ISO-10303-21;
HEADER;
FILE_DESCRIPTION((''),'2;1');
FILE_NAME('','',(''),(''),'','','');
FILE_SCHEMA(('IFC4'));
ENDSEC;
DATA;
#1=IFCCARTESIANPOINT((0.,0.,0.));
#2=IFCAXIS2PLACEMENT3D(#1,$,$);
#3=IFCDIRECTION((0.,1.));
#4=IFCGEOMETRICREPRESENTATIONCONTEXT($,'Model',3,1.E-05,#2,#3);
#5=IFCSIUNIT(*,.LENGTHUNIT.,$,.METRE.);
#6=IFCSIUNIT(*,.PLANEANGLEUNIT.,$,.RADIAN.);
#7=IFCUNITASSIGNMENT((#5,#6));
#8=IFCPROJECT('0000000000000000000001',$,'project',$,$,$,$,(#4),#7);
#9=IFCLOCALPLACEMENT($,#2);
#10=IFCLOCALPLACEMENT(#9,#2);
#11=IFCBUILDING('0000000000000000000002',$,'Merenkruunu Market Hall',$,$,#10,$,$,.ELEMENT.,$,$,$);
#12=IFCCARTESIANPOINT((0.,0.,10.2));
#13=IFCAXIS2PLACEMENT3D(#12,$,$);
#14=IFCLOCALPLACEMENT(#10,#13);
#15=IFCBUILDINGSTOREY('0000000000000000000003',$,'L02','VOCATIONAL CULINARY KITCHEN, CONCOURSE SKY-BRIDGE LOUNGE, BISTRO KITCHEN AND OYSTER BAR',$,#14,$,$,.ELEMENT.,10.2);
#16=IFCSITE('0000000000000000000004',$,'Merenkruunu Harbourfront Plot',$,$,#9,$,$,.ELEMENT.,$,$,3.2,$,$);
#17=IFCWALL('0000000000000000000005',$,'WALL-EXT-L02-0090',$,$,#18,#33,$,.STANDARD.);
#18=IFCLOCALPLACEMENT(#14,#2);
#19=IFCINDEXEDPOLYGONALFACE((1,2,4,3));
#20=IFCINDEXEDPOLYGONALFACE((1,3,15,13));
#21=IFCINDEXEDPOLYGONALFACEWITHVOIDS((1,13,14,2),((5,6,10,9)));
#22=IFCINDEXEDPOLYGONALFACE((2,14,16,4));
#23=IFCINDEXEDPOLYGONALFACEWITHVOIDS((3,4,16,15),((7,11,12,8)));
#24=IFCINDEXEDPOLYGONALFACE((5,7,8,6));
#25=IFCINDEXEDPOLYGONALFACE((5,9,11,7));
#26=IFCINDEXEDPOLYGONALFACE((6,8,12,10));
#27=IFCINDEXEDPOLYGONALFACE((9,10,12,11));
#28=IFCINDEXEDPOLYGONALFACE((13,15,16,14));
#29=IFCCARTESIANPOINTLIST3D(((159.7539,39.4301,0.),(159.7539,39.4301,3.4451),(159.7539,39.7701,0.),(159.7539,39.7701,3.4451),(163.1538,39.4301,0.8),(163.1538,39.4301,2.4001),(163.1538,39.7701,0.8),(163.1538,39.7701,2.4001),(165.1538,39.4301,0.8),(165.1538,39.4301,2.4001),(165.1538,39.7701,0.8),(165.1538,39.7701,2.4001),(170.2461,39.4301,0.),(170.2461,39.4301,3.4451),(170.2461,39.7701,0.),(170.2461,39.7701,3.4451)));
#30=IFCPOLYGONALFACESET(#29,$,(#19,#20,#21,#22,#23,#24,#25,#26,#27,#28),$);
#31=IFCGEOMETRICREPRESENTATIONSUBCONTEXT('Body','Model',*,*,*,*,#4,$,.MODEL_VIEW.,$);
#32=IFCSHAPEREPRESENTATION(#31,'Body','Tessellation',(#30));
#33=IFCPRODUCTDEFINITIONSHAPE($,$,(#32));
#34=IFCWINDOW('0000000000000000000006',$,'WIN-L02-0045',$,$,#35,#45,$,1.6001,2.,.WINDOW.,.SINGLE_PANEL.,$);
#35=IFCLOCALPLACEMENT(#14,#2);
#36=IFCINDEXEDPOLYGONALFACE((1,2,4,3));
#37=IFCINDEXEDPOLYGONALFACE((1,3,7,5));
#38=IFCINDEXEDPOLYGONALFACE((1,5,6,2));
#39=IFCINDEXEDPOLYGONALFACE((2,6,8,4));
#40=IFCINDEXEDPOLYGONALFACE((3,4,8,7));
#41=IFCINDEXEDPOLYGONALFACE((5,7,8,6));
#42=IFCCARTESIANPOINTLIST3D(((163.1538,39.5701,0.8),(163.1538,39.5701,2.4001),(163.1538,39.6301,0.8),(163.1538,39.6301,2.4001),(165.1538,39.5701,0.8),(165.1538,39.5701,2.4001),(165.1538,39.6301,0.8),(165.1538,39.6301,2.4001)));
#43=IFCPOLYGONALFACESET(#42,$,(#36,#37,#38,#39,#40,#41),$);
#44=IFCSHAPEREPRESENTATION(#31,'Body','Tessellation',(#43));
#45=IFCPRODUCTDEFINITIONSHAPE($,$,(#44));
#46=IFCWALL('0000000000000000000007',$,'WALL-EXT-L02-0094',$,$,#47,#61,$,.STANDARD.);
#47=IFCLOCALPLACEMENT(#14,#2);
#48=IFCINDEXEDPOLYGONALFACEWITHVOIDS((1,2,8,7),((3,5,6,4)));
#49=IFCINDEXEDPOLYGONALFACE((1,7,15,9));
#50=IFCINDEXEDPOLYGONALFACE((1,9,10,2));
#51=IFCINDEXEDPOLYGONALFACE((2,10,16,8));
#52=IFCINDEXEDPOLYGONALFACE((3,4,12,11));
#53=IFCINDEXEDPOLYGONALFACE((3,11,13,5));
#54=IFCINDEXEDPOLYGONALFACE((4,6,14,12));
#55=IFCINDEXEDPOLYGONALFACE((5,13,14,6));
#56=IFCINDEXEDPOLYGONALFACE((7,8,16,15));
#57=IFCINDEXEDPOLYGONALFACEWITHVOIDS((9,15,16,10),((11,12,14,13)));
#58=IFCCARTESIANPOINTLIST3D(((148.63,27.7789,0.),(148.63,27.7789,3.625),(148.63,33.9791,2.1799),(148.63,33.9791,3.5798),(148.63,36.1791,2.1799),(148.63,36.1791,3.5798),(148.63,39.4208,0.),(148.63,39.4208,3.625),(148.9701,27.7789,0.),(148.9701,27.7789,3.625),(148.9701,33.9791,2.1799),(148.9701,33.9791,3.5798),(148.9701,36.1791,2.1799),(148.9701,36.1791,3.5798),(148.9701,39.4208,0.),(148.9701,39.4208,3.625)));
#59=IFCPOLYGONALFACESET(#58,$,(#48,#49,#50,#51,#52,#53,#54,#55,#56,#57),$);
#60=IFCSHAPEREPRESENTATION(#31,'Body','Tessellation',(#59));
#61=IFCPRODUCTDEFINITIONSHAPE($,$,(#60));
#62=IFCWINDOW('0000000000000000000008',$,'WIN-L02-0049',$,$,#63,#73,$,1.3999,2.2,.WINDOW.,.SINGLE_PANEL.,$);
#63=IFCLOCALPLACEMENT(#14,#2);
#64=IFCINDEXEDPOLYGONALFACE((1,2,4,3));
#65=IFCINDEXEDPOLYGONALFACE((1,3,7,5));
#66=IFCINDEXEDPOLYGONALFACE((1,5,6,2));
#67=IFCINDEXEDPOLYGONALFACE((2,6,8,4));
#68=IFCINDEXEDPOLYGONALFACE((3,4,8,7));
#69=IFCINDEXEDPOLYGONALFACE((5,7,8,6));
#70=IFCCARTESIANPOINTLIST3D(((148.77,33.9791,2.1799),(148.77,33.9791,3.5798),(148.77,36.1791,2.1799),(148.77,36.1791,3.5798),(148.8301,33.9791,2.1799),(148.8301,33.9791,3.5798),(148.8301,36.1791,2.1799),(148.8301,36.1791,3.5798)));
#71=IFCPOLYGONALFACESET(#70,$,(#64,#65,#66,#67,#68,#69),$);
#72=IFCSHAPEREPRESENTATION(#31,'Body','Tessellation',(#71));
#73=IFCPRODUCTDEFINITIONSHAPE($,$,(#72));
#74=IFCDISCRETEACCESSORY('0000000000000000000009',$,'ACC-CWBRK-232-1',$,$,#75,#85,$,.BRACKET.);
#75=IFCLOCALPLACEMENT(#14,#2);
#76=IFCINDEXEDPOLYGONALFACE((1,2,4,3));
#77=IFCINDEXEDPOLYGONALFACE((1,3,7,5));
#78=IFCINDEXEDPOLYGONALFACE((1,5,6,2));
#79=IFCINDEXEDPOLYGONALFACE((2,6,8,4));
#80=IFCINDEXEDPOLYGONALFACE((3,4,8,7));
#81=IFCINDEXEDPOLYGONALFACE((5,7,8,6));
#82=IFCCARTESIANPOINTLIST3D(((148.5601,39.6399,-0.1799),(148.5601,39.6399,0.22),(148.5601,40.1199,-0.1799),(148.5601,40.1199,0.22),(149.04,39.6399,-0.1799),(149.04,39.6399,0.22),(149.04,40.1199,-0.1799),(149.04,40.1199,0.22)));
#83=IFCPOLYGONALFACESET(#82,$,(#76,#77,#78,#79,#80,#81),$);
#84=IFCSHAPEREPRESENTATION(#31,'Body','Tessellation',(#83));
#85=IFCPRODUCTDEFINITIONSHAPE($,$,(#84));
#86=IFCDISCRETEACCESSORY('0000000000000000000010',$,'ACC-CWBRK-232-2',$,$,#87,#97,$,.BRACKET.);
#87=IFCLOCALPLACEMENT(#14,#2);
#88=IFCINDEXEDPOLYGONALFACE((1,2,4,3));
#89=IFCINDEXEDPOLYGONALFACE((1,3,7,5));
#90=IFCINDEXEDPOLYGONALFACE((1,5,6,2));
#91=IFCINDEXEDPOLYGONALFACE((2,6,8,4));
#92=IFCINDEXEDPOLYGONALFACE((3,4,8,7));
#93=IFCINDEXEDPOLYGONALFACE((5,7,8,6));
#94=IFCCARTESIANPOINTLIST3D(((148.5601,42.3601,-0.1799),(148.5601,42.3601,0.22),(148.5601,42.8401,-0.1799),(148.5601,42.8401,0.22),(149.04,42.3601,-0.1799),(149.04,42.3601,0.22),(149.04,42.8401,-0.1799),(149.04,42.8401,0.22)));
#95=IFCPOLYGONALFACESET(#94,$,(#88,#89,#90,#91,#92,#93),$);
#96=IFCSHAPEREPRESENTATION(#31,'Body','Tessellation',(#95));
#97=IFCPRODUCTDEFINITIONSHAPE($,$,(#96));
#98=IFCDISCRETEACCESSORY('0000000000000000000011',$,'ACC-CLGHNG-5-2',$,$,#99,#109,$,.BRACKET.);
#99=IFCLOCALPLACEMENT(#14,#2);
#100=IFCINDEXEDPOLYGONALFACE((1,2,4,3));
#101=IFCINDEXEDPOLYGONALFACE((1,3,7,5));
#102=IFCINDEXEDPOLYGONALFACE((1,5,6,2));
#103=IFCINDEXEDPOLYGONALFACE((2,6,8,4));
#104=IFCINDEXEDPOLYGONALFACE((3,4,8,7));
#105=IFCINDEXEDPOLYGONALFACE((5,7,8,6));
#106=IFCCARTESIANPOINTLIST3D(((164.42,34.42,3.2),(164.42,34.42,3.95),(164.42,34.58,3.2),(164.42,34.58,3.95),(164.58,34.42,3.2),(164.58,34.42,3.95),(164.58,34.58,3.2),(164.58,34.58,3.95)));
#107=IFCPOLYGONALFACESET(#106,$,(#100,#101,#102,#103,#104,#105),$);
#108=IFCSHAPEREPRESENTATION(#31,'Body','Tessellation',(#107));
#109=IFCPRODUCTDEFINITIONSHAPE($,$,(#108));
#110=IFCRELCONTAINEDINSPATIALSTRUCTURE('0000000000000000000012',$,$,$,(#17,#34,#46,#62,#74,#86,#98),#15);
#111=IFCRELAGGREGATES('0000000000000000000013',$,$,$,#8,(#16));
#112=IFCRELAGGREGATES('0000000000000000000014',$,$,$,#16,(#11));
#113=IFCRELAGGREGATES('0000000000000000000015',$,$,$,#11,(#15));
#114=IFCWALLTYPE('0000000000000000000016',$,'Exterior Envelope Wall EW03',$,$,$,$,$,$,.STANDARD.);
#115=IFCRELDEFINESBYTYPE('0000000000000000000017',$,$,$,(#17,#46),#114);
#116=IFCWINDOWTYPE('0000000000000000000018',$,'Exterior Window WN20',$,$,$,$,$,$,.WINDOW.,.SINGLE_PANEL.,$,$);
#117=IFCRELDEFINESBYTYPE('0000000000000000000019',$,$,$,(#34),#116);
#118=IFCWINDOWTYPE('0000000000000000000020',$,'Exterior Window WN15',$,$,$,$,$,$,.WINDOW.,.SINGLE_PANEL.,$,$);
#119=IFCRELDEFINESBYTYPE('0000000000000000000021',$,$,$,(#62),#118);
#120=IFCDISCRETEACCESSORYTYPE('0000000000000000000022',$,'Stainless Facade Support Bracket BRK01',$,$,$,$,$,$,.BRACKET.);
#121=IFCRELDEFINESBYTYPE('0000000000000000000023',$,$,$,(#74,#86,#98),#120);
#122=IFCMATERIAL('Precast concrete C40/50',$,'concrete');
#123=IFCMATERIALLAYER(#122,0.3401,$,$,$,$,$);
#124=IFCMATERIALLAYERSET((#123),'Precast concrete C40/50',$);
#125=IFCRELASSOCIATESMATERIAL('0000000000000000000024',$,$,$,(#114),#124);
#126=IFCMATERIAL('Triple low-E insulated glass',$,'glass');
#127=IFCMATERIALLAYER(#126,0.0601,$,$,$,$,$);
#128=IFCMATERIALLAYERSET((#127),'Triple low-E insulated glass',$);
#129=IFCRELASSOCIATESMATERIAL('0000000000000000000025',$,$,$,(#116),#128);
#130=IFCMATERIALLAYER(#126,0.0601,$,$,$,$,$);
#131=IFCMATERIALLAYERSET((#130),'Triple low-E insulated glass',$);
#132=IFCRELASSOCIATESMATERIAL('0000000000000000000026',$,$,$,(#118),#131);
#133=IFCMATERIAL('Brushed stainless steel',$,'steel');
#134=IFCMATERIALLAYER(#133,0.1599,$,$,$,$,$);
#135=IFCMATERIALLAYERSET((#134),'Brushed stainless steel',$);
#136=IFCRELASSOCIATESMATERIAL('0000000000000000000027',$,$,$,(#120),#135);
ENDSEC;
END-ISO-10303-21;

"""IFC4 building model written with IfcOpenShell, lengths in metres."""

from ifc_helpers import new_model, si_unit, direction, frame, frame_2d, origin, origin_2d, place, context, subcontext, project, spatial, rectangle, extrude, material, layer, layer_set, type_object, element, fill, save


model = new_model("IFC4")

# Units and contexts
model_context = context("Model", 3, precision=1e-05, world=origin(), true_north=direction((0.0, 1.0)))
body_context = subcontext(model_context, "Body", "Model", "MODEL_VIEW")
ifc_project = project(units=[si_unit("LENGTHUNIT", "METRE"), si_unit("PLANEANGLEUNIT", "RADIAN")], contexts=[model_context])

# Site, building, storey
site_placement = place(None, origin())
site = spatial("IfcSite", under=ifc_project, at=site_placement, Name="Merenkruunu Harbourfront Plot", CompositionType="ELEMENT", RefElevation=3.2)
building_placement = place(site_placement, origin())
building = spatial("IfcBuilding", under=site, at=building_placement, Name="Merenkruunu Market Hall", CompositionType="ELEMENT")
storey_placement = place(building_placement, frame((0.0, 0.0, 10.2)))
storey = spatial("IfcBuildingStorey", under=building, at=storey_placement, Name="L02", Description="VOCATIONAL CULINARY KITCHEN, CONCOURSE SKY-BRIDGE LOUNGE, BISTRO KITCHEN AND OYSTER BAR", CompositionType="ELEMENT", Elevation=10.2)

# Shared definitions
ifc_material_1 = material(Name="Triple low-E insulated glass", Category="glass")

# Walls, openings, windows
ifc_material_2 = material(Name="Precast concrete C40/50", Category="concrete")
ifc_layer_1 = layer(ifc_material_2, 0.3401)
ifc_layer_set_1 = layer_set([ifc_layer_1], Name="Precast concrete C40/50")
wall_type = type_object("IfcWallType", Name="Exterior Envelope Wall EW03", PredefinedType="STANDARD", material=ifc_layer_set_1)
wall_1_placement = place(storey_placement, frame((159.7539, 39.6001, 0.0), z_axis=(0.0, 0.0, 1.0), x_axis=(1.0, 0.0, 0.0)))
wall_1 = element("IfcWall", 1, at=wall_1_placement, inside=storey, type_object=wall_type, Name="WALL-EXT-L02-0090", PredefinedType="STANDARD", context=body_context, shape_type="SweptSolid", body=[
    extrude(rectangle(XDim=10.4922, YDim=0.3401, at=frame_2d((5.2461, 0.0))), origin(), (0.0, 0.0, 1.0), 3.4451),
])
opening_1_placement = place(wall_1_placement, frame((3.3999, 0.0, 0.8)))
opening_1 = element("IfcOpeningElement", 2, at=opening_1_placement, cuts=wall_1, PredefinedType="OPENING", context=body_context, shape_type="SweptSolid", body=[
    extrude(rectangle(XDim=2.0, YDim=1.6001, at=frame_2d((1.0, 0.8))), frame((0.0, 0.1802, 0.0), z_axis=(0.0, -1.0, 0.0), x_axis=(1.0, 0.0, 0.0)), (0.0, 0.0, 1.0), 0.3601),
])
ifc_layer_2 = layer(ifc_material_1, 0.0601)
ifc_layer_set_2 = layer_set([ifc_layer_2], Name="Triple low-E insulated glass")
window_type_1 = type_object("IfcWindowType", Name="Exterior Window WN20", PartitioningType="SINGLE_PANEL", PredefinedType="WINDOW", material=ifc_layer_set_2)
window_1_placement = place(opening_1_placement, origin())
window_1 = element("IfcWindow", 3, at=window_1_placement, inside=storey, type_object=window_type_1, Name="WIN-L02-0045", OverallHeight=1.6001, OverallWidth=2.0, PartitioningType="SINGLE_PANEL", PredefinedType="WINDOW", context=body_context, shape_type="SweptSolid", body=[
    extrude(rectangle(XDim=2.0, YDim=1.6001, at=frame_2d((1.0, 0.8))), frame((0.0, 0.03, 0.0), z_axis=(0.0, -1.0, 0.0), x_axis=(1.0, 0.0, 0.0)), (0.0, 0.0, 1.0), 0.0601),
])
fill(opening_1, window_1)
wall_2_placement = place(storey_placement, frame((148.8, 27.7791, 0.0), z_axis=(0.0, 0.0, 1.0), x_axis=(0.0, 1.0, 0.0)))
wall_2 = element("IfcWall", 4, at=wall_2_placement, inside=storey, type_object=wall_type, Name="WALL-EXT-L02-0094", PredefinedType="STANDARD", context=body_context, shape_type="SweptSolid", body=[
    extrude(rectangle(XDim=11.6418, YDim=0.3401, at=frame_2d((5.8208, 0.0))), origin(), (0.0, 0.0, 1.0), 3.625),
])
opening_2_placement = place(wall_2_placement, frame((6.2, 0.0, 2.1799)))
opening_2 = element("IfcOpeningElement", 5, at=opening_2_placement, cuts=wall_2, PredefinedType="OPENING", context=body_context, shape_type="SweptSolid", body=[
    extrude(rectangle(XDim=2.2, YDim=1.3999, at=frame_2d((1.1001, 0.7))), frame((0.0, 0.1802, 0.0), z_axis=(0.0, -1.0, 0.0), x_axis=(1.0, 0.0, 0.0)), (0.0, 0.0, 1.0), 0.3601),
])
ifc_layer_3 = layer(ifc_material_1, 0.0601)
ifc_layer_set_3 = layer_set([ifc_layer_3], Name="Triple low-E insulated glass")
window_type_2 = type_object("IfcWindowType", Name="Exterior Window WN15", PartitioningType="SINGLE_PANEL", PredefinedType="WINDOW", material=ifc_layer_set_3)
window_2_placement = place(opening_2_placement, origin())
window_2 = element("IfcWindow", 6, at=window_2_placement, inside=storey, type_object=window_type_2, Name="WIN-L02-0049", OverallHeight=1.3999, OverallWidth=2.2, PartitioningType="SINGLE_PANEL", PredefinedType="WINDOW", context=body_context, shape_type="SweptSolid", body=[
    extrude(rectangle(XDim=2.2, YDim=1.3999, at=frame_2d((1.1001, 0.7))), frame((0.0, 0.03, 0.0), z_axis=(0.0, -1.0, 0.0), x_axis=(1.0, 0.0, 0.0)), (0.0, 0.0, 1.0), 0.0601),
])
fill(opening_2, window_2)

# Discrete accessories
ifc_material_3 = material(Name="Brushed stainless steel", Category="steel")
ifc_layer_4 = layer(ifc_material_3, 0.1599)
ifc_layer_set_4 = layer_set([ifc_layer_4], Name="Brushed stainless steel")
discrete_accessory_type = type_object("IfcDiscreteAccessoryType", Name="Stainless Facade Support Bracket BRK01", PredefinedType="BRACKET", material=ifc_layer_set_4)
for number, where, z_axis, x_axis, name in (
    (7, (148.8, 39.8799, -0.1799), (0.0, 0.0, 1.0), (1.0, 0.0, 0.0), "ACC-CWBRK-232-1"),
    (8, (148.8, 42.6001, -0.1799), (0.0, 0.0, 1.0), (1.0, 0.0, 0.0), "ACC-CWBRK-232-2"),
):
    element("IfcDiscreteAccessory", number, at=place(storey_placement, frame(where, z_axis=z_axis, x_axis=x_axis)), inside=storey, type_object=discrete_accessory_type, Name=name, PredefinedType="BRACKET", context=body_context, shape_type="SweptSolid", body=[
        extrude(rectangle(XDim=0.48, YDim=0.48, at=origin_2d()), origin(), (0.0, 0.0, 1.0), 0.3999),
    ])
discrete_accessory_placement = place(storey_placement, frame((164.5, 34.5, 3.2), z_axis=(0.0, 0.0, 1.0), x_axis=(1.0, 0.0, 0.0)))
element("IfcDiscreteAccessory", 9, at=discrete_accessory_placement, inside=storey, type_object=discrete_accessory_type, Name="ACC-CLGHNG-5-2", PredefinedType="BRACKET", context=body_context, shape_type="SweptSolid", body=[
    extrude(rectangle(XDim=0.1599, YDim=0.1599, at=origin_2d()), origin(), (0.0, 0.0, 1.0), 0.75),
])

save(model, "model.ifc")
